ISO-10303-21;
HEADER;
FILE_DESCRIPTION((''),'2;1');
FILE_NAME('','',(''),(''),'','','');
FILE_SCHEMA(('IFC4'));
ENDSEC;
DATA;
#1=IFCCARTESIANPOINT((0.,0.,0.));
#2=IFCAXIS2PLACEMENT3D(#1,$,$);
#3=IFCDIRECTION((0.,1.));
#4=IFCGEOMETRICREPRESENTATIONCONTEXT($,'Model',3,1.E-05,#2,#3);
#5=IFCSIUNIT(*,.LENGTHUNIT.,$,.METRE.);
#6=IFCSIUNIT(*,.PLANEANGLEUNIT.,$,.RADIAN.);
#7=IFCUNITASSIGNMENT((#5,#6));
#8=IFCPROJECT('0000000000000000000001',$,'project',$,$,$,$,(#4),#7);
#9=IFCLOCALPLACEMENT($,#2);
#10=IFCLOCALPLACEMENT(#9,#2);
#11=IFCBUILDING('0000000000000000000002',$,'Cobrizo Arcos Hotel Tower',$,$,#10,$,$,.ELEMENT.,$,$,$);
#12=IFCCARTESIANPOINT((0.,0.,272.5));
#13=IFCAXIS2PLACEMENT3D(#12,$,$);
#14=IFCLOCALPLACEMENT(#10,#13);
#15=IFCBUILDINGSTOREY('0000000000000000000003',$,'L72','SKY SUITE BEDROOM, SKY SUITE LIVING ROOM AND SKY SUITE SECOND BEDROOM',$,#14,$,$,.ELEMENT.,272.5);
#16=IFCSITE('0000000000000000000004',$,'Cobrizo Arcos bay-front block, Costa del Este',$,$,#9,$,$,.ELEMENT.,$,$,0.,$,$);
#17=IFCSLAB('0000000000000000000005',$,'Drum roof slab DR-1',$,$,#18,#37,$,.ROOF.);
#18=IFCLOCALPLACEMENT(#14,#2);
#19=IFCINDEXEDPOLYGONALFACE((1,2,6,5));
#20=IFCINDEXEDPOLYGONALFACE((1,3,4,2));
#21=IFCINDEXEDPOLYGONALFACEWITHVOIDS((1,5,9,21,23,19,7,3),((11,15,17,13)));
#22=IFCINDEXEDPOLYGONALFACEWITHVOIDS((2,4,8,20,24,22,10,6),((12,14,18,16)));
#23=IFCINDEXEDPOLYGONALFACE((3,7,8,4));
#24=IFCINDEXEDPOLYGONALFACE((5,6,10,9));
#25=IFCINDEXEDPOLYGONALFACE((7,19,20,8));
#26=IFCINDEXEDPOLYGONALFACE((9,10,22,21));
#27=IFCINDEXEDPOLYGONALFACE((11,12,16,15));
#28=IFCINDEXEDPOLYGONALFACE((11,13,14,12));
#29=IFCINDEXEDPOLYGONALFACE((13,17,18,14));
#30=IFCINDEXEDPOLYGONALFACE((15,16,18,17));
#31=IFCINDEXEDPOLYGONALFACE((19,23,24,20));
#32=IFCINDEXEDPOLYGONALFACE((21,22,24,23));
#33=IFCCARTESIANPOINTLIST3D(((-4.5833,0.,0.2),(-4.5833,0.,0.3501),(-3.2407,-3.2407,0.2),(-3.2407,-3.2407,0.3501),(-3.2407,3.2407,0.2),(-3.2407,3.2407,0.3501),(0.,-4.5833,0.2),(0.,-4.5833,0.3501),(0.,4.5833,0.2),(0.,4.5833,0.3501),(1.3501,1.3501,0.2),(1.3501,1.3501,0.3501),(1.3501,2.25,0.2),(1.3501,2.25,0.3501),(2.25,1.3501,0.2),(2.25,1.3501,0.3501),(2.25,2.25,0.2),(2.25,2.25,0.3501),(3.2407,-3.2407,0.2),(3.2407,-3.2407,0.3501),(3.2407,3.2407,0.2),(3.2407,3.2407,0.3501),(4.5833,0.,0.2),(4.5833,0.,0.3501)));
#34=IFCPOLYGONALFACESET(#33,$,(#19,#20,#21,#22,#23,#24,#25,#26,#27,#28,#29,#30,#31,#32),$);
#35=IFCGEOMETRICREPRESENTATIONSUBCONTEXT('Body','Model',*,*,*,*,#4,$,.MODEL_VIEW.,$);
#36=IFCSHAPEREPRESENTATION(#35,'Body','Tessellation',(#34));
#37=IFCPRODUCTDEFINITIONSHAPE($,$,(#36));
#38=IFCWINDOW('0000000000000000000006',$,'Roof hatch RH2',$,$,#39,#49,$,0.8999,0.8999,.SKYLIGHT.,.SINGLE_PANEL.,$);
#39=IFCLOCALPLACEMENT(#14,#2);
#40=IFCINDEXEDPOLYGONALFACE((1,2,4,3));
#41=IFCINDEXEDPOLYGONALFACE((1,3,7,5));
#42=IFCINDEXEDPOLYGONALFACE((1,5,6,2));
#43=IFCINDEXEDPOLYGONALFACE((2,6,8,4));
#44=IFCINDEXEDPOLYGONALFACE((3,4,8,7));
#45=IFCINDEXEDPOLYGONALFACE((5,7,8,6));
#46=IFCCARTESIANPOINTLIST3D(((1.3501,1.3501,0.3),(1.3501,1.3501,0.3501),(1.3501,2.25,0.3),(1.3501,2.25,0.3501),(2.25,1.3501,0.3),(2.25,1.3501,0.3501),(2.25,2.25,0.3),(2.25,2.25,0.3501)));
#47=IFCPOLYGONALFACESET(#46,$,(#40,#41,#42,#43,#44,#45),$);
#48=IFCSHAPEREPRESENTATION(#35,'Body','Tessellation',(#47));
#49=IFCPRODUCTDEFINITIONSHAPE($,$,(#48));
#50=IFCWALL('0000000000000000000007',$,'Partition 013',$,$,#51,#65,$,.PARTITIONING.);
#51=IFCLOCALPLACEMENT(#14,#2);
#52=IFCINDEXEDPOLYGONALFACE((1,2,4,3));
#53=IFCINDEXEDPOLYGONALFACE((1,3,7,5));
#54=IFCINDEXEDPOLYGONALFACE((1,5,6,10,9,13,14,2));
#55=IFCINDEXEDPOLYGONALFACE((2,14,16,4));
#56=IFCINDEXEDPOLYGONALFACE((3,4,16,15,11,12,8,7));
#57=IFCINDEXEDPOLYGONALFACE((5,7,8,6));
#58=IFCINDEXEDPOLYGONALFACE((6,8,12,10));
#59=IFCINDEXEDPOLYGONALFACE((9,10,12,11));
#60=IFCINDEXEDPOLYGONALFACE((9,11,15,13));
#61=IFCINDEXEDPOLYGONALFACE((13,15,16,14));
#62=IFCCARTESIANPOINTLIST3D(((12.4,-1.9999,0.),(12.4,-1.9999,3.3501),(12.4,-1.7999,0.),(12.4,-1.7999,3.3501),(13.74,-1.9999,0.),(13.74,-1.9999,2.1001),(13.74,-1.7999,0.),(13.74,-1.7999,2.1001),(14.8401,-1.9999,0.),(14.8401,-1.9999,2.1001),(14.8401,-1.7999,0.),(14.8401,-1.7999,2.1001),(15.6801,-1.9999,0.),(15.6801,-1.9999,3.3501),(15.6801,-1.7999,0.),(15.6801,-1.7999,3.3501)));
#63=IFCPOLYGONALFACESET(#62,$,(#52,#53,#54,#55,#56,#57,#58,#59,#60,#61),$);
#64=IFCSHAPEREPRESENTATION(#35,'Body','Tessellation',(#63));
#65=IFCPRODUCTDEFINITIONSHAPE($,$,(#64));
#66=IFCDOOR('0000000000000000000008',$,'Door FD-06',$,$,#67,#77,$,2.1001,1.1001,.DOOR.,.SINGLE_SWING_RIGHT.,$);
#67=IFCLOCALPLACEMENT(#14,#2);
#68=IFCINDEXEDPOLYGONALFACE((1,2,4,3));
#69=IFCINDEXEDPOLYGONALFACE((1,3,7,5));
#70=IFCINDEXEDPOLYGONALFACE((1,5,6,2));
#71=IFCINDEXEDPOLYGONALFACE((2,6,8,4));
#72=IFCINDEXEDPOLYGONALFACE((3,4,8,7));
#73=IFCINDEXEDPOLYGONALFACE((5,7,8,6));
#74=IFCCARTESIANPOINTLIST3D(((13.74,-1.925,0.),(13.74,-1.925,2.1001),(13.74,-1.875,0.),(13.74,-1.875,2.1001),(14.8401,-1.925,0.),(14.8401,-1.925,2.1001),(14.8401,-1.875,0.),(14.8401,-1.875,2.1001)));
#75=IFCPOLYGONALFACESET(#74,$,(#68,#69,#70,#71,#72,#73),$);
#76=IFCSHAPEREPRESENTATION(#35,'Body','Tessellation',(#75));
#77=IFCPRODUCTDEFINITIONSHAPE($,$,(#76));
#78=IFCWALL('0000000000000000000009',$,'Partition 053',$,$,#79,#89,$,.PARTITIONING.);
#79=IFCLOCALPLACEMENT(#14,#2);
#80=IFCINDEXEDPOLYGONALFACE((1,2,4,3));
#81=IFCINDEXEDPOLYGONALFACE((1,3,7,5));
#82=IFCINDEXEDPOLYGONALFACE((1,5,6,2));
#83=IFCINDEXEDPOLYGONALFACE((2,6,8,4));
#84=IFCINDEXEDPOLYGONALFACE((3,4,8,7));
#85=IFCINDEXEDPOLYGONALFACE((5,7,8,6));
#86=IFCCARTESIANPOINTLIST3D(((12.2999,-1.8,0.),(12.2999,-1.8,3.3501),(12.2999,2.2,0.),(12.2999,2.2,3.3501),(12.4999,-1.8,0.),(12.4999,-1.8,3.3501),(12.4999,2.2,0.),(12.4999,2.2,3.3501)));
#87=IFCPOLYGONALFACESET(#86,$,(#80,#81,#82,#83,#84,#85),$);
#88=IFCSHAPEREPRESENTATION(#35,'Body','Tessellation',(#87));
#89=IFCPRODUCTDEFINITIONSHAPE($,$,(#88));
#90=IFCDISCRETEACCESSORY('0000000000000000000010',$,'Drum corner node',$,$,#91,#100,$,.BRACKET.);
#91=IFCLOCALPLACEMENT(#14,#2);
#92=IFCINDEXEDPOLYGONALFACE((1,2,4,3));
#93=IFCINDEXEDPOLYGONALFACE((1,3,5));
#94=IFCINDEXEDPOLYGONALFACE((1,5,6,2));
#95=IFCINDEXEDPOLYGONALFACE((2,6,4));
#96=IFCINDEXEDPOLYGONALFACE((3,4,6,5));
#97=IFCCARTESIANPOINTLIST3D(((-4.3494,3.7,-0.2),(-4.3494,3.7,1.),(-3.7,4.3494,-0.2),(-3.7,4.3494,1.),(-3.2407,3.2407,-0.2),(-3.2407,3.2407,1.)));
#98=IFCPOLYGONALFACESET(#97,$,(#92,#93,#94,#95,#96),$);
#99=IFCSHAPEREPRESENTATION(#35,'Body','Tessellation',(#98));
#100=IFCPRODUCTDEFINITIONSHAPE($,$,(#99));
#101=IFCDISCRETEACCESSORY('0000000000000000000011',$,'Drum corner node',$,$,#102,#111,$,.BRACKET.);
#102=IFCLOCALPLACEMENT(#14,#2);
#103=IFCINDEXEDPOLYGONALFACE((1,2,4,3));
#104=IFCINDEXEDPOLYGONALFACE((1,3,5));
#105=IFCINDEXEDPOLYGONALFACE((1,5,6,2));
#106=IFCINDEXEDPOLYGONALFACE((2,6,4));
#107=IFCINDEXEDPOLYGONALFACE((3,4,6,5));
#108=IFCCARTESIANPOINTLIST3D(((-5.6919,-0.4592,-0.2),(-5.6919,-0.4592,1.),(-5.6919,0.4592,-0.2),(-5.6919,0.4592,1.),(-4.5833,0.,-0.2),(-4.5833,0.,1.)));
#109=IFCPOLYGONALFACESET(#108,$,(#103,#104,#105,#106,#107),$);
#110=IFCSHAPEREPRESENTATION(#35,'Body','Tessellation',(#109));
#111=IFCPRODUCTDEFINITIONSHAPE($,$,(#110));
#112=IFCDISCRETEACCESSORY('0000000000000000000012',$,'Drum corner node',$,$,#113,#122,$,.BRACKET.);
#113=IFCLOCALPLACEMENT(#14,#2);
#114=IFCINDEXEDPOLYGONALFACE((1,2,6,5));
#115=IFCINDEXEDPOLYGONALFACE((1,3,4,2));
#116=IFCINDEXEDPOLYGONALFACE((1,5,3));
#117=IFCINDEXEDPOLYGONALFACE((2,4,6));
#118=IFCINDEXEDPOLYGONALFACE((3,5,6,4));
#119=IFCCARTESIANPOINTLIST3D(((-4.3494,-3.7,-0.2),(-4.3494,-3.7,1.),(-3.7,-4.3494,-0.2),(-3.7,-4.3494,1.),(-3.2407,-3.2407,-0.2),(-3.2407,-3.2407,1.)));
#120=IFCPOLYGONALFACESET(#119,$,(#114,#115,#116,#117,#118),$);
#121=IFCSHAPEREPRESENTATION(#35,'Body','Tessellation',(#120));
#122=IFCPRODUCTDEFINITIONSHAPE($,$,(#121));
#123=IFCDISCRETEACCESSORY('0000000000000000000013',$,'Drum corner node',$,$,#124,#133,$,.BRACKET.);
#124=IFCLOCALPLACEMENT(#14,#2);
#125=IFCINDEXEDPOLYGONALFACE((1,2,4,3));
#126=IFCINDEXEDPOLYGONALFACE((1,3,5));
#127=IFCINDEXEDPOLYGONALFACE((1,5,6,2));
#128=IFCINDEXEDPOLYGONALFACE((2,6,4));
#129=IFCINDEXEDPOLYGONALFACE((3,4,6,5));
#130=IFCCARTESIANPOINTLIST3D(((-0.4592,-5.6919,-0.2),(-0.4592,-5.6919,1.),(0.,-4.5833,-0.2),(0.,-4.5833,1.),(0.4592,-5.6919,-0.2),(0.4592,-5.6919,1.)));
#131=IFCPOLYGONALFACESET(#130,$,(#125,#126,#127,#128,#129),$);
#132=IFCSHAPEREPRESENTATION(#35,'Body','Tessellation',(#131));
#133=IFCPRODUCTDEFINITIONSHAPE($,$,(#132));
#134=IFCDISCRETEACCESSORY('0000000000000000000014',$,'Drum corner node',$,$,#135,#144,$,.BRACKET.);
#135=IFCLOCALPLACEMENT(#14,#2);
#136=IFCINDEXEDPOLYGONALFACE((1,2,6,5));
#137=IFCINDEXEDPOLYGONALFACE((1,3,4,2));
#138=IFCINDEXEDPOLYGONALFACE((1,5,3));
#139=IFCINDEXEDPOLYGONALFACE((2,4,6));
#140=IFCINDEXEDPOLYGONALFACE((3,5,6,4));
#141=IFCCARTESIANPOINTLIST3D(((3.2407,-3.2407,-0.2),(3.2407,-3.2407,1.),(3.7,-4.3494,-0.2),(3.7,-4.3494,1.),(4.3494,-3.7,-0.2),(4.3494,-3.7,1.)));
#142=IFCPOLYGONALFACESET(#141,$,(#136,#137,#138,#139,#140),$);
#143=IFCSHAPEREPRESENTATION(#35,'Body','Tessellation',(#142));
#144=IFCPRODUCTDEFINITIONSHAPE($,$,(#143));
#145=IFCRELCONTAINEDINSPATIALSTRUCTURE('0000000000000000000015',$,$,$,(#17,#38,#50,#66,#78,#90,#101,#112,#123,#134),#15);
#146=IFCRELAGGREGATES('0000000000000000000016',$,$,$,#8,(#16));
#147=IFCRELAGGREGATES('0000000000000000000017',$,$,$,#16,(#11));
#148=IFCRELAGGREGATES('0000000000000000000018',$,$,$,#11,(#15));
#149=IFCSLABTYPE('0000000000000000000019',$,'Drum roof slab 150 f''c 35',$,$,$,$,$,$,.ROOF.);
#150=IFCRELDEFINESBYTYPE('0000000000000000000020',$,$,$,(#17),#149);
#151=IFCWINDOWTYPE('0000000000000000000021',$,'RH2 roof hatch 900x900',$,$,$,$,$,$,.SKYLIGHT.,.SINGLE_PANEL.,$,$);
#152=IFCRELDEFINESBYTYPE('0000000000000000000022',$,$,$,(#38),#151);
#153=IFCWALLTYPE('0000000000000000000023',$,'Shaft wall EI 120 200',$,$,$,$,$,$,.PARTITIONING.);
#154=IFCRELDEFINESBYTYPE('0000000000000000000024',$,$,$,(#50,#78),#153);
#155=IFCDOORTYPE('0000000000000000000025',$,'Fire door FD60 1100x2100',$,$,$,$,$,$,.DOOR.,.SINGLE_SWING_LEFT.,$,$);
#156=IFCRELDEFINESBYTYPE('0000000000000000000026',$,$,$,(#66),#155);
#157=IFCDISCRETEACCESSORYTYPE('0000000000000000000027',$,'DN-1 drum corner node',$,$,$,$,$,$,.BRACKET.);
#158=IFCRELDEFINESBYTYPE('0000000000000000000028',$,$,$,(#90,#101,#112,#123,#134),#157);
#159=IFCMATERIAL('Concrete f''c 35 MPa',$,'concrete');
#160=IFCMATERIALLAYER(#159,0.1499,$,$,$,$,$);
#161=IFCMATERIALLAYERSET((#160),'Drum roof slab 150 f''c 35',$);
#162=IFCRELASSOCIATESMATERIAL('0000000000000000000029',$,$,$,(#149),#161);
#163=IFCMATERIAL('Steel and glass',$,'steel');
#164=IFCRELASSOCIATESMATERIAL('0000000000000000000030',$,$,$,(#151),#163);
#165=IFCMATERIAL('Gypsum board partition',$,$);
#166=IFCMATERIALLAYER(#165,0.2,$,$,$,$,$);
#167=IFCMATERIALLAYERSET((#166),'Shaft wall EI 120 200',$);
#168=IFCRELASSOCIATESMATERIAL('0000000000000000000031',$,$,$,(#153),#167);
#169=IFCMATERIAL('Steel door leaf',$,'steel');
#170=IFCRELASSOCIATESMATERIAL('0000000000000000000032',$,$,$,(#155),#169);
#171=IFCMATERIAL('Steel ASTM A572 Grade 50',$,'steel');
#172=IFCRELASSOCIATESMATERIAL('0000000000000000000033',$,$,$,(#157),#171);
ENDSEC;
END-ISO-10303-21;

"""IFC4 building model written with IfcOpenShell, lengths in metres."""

from ifc_helpers import new_model, si_unit, direction, frame, frame_2d, origin, origin_2d, place, context, subcontext, project, spatial, polyline, rectangle, outline, extrude, material, layer, layer_set, type_object, element, fill, save


model = new_model("IFC4")

# Units and contexts
model_context = context("Model", 3, precision=1e-05, world=origin(), true_north=direction((0.0, 1.0)))
body_context = subcontext(model_context, "Body", "Model", "MODEL_VIEW")
ifc_project = project(units=[si_unit("LENGTHUNIT", "METRE"), si_unit("PLANEANGLEUNIT", "RADIAN")], contexts=[model_context])

# Site, building, storey
site_placement = place(None, origin())
site = spatial("IfcSite", under=ifc_project, at=site_placement, Name="Cobrizo Arcos bay-front block, Costa del Este", CompositionType="ELEMENT", RefElevation=0.0)
building_placement = place(site_placement, origin())
building = spatial("IfcBuilding", under=site, at=building_placement, Name="Cobrizo Arcos Hotel Tower", CompositionType="ELEMENT")
storey_placement = place(building_placement, frame((0.0, 0.0, 272.5)))
storey = spatial("IfcBuildingStorey", under=building, at=storey_placement, Name="L72", Description="SKY SUITE BEDROOM, SKY SUITE LIVING ROOM AND SKY SUITE SECOND BEDROOM", CompositionType="ELEMENT", Elevation=272.5)

# Shared definitions
ifc_material_1 = material(Name="Steel ASTM A572 Grade 50", Category="steel")

# Slab, opening, window
ifc_material_2 = material(Name="Concrete f'c 35 MPa", Category="concrete")
ifc_layer_1 = layer(ifc_material_2, 0.1499)
ifc_layer_set_1 = layer_set([ifc_layer_1], Name="Drum roof slab 150 f'c 35")
slab_type = type_object("IfcSlabType", Name="Drum roof slab 150 f'c 35", PredefinedType="ROOF", material=ifc_layer_set_1)
slab_placement = place(storey_placement, frame((0.0, 0.0, 0.2)))
slab = element("IfcSlab", 1, at=slab_placement, inside=storey, type_object=slab_type, Name="Drum roof slab DR-1", PredefinedType="ROOF", context=body_context, shape_type="SweptSolid", body=[
    extrude(outline(polyline([(4.5833, 0.0), (3.2407, 3.2407), (0.0, 4.5833), (-3.2407, 3.2407), (-4.5833, 0.0), (-3.2407, -3.2407), (0.0, -4.5833), (3.2407, -3.2407), (4.5833, 0.0)])), origin(), (0.0, 0.0, 1.0), 0.1501),
])
opening_1_placement = place(slab_placement, frame((1.8, 1.8, 0.0)))
opening_1 = element("IfcOpeningElement", 2, at=opening_1_placement, cuts=slab, PredefinedType="OPENING", context=body_context, shape_type="SweptSolid", body=[
    extrude(rectangle(XDim=0.8999, YDim=0.8999, at=origin_2d()), frame((0.0, 0.0, -0.012)), (0.0, 0.0, 1.0), 0.1741),
])
ifc_material_3 = material(Name="Steel and glass", Category="steel")
window_type = type_object("IfcWindowType", Name="RH2 roof hatch 900x900", PartitioningType="SINGLE_PANEL", PredefinedType="SKYLIGHT", material=ifc_material_3)
window_placement = place(opening_1_placement, frame((0.0, 0.0, 0.1001)))
window = element("IfcWindow", 3, at=window_placement, inside=storey, type_object=window_type, Name="Roof hatch RH2", OverallHeight=0.8999, OverallWidth=0.8999, PartitioningType="SINGLE_PANEL", PredefinedType="SKYLIGHT", context=body_context, shape_type="SweptSolid", body=[
    extrude(rectangle(XDim=0.8999, YDim=0.8999, at=origin_2d()), origin(), (0.0, 0.0, 1.0), 0.05),
])
fill(opening_1, window)

# Wall, opening, door
ifc_material_4 = material(Name="Gypsum board partition")
ifc_layer_2 = layer(ifc_material_4, 0.2)
ifc_layer_set_2 = layer_set([ifc_layer_2], Name="Shaft wall EI 120 200")
wall_type = type_object("IfcWallType", Name="Shaft wall EI 120 200", PredefinedType="PARTITIONING", material=ifc_layer_set_2)
wall_1_placement = place(storey_placement, frame((12.3999, -1.8999, 0.0), z_axis=(0.0, 0.0, 1.0), x_axis=(1.0, 0.0, 0.0)))
wall_1 = element("IfcWall", 4, at=wall_1_placement, inside=storey, type_object=wall_type, Name="Partition 013", PredefinedType="PARTITIONING", context=body_context, shape_type="SweptSolid", body=[
    extrude(rectangle(XDim=3.28, YDim=0.2, at=frame_2d((1.6401, 0.0))), origin(), (0.0, 0.0, 1.0), 3.3501),
])
opening_2_placement = place(wall_1_placement, frame((1.3401, 0.0, 0.0)))
opening_2 = element("IfcOpeningElement", 5, at=opening_2_placement, cuts=wall_1, PredefinedType="OPENING", context=body_context, shape_type="SweptSolid", body=[
    extrude(rectangle(XDim=1.1001, YDim=2.1001, at=frame_2d((0.55, 1.05))), frame((0.0, 0.1121, 0.0), z_axis=(0.0, -1.0, 0.0), x_axis=(1.0, 0.0, 0.0)), (0.0, 0.0, 1.0), 0.2239),
])
ifc_material_5 = material(Name="Steel door leaf", Category="steel")
door_type = type_object("IfcDoorType", Name="Fire door FD60 1100x2100", OperationType="SINGLE_SWING_LEFT", PredefinedType="DOOR", material=ifc_material_5)
door_placement = place(opening_2_placement, origin())
door = element("IfcDoor", 6, at=door_placement, inside=storey, type_object=door_type, Name="Door FD-06", OperationType="SINGLE_SWING_RIGHT", OverallHeight=2.1001, OverallWidth=1.1001, PredefinedType="DOOR", context=body_context, shape_type="SweptSolid", body=[
    extrude(rectangle(XDim=1.1001, YDim=2.1001, at=frame_2d((0.55, 1.05))), frame((0.0, 0.0249, 0.0), z_axis=(0.0, -1.0, 0.0), x_axis=(1.0, 0.0, 0.0)), (0.0, 0.0, 1.0), 0.05),
])
fill(opening_2, door)

# Wall
wall_2_placement = place(storey_placement, frame((12.3999, -1.8, 0.0), z_axis=(0.0, 0.0, 1.0), x_axis=(0.0, 1.0, 0.0)))
element("IfcWall", 7, at=wall_2_placement, inside=storey, type_object=wall_type, Name="Partition 053", PredefinedType="PARTITIONING", context=body_context, shape_type="SweptSolid", body=[
    extrude(rectangle(XDim=4.0, YDim=0.2, at=frame_2d((2.0, 0.0))), origin(), (0.0, 0.0, 1.0), 3.3501),
])

# Discrete accessories
discrete_accessory_type = type_object("IfcDiscreteAccessoryType", Name="DN-1 drum corner node", PredefinedType="BRACKET", material=ifc_material_1)
discrete_accessory_1_placement = place(storey_placement, frame((0.0, 0.0, -0.2)))
element("IfcDiscreteAccessory", 8, at=discrete_accessory_1_placement, inside=storey, type_object=discrete_accessory_type, Name="Drum corner node", PredefinedType="BRACKET", context=body_context, shape_type="SweptSolid", body=[
    extrude(outline(polyline([(-3.2407, 3.2407), (-4.3494, 3.7), (-3.7, 4.3494), (-3.2407, 3.2407), (-3.2407, 3.2407)])), origin(), (0.0, 0.0, 1.0), 1.2),
])
discrete_accessory_2_placement = place(storey_placement, frame((0.0, 0.0, -0.2)))
element("IfcDiscreteAccessory", 9, at=discrete_accessory_2_placement, inside=storey, type_object=discrete_accessory_type, Name="Drum corner node", PredefinedType="BRACKET", context=body_context, shape_type="SweptSolid", body=[
    extrude(outline(polyline([(-5.6919, -0.4592), (-5.6919, 0.4592), (-4.5833, 0.0), (-4.5833, 0.0), (-5.6919, -0.4592)])), origin(), (0.0, 0.0, 1.0), 1.2),
])
discrete_accessory_3_placement = place(storey_placement, frame((0.0, 0.0, -0.2)))
element("IfcDiscreteAccessory", 10, at=discrete_accessory_3_placement, inside=storey, type_object=discrete_accessory_type, Name="Drum corner node", PredefinedType="BRACKET", context=body_context, shape_type="SweptSolid", body=[
    extrude(outline(polyline([(-3.7, -4.3494), (-4.3494, -3.7), (-3.2407, -3.2407), (-3.2407, -3.2407), (-3.7, -4.3494)])), origin(), (0.0, 0.0, 1.0), 1.2),
])
discrete_accessory_4_placement = place(storey_placement, frame((0.0, 0.0, -0.2)))
element("IfcDiscreteAccessory", 11, at=discrete_accessory_4_placement, inside=storey, type_object=discrete_accessory_type, Name="Drum corner node", PredefinedType="BRACKET", context=body_context, shape_type="SweptSolid", body=[
    extrude(outline(polyline([(-0.4592, -5.6919), (0.0, -4.5833), (0.0, -4.5833), (0.4592, -5.6919), (-0.4592, -5.6919)])), origin(), (0.0, 0.0, 1.0), 1.2),
])
discrete_accessory_5_placement = place(storey_placement, frame((0.0, 0.0, -0.2)))
element("IfcDiscreteAccessory", 12, at=discrete_accessory_5_placement, inside=storey, type_object=discrete_accessory_type, Name="Drum corner node", PredefinedType="BRACKET", context=body_context, shape_type="SweptSolid", body=[
    extrude(outline(polyline([(3.7, -4.3494), (3.2407, -3.2407), (3.2407, -3.2407), (4.3494, -3.7), (3.7, -4.3494)])), origin(), (0.0, 0.0, 1.0), 1.2),
])

save(model, "model.ifc")
